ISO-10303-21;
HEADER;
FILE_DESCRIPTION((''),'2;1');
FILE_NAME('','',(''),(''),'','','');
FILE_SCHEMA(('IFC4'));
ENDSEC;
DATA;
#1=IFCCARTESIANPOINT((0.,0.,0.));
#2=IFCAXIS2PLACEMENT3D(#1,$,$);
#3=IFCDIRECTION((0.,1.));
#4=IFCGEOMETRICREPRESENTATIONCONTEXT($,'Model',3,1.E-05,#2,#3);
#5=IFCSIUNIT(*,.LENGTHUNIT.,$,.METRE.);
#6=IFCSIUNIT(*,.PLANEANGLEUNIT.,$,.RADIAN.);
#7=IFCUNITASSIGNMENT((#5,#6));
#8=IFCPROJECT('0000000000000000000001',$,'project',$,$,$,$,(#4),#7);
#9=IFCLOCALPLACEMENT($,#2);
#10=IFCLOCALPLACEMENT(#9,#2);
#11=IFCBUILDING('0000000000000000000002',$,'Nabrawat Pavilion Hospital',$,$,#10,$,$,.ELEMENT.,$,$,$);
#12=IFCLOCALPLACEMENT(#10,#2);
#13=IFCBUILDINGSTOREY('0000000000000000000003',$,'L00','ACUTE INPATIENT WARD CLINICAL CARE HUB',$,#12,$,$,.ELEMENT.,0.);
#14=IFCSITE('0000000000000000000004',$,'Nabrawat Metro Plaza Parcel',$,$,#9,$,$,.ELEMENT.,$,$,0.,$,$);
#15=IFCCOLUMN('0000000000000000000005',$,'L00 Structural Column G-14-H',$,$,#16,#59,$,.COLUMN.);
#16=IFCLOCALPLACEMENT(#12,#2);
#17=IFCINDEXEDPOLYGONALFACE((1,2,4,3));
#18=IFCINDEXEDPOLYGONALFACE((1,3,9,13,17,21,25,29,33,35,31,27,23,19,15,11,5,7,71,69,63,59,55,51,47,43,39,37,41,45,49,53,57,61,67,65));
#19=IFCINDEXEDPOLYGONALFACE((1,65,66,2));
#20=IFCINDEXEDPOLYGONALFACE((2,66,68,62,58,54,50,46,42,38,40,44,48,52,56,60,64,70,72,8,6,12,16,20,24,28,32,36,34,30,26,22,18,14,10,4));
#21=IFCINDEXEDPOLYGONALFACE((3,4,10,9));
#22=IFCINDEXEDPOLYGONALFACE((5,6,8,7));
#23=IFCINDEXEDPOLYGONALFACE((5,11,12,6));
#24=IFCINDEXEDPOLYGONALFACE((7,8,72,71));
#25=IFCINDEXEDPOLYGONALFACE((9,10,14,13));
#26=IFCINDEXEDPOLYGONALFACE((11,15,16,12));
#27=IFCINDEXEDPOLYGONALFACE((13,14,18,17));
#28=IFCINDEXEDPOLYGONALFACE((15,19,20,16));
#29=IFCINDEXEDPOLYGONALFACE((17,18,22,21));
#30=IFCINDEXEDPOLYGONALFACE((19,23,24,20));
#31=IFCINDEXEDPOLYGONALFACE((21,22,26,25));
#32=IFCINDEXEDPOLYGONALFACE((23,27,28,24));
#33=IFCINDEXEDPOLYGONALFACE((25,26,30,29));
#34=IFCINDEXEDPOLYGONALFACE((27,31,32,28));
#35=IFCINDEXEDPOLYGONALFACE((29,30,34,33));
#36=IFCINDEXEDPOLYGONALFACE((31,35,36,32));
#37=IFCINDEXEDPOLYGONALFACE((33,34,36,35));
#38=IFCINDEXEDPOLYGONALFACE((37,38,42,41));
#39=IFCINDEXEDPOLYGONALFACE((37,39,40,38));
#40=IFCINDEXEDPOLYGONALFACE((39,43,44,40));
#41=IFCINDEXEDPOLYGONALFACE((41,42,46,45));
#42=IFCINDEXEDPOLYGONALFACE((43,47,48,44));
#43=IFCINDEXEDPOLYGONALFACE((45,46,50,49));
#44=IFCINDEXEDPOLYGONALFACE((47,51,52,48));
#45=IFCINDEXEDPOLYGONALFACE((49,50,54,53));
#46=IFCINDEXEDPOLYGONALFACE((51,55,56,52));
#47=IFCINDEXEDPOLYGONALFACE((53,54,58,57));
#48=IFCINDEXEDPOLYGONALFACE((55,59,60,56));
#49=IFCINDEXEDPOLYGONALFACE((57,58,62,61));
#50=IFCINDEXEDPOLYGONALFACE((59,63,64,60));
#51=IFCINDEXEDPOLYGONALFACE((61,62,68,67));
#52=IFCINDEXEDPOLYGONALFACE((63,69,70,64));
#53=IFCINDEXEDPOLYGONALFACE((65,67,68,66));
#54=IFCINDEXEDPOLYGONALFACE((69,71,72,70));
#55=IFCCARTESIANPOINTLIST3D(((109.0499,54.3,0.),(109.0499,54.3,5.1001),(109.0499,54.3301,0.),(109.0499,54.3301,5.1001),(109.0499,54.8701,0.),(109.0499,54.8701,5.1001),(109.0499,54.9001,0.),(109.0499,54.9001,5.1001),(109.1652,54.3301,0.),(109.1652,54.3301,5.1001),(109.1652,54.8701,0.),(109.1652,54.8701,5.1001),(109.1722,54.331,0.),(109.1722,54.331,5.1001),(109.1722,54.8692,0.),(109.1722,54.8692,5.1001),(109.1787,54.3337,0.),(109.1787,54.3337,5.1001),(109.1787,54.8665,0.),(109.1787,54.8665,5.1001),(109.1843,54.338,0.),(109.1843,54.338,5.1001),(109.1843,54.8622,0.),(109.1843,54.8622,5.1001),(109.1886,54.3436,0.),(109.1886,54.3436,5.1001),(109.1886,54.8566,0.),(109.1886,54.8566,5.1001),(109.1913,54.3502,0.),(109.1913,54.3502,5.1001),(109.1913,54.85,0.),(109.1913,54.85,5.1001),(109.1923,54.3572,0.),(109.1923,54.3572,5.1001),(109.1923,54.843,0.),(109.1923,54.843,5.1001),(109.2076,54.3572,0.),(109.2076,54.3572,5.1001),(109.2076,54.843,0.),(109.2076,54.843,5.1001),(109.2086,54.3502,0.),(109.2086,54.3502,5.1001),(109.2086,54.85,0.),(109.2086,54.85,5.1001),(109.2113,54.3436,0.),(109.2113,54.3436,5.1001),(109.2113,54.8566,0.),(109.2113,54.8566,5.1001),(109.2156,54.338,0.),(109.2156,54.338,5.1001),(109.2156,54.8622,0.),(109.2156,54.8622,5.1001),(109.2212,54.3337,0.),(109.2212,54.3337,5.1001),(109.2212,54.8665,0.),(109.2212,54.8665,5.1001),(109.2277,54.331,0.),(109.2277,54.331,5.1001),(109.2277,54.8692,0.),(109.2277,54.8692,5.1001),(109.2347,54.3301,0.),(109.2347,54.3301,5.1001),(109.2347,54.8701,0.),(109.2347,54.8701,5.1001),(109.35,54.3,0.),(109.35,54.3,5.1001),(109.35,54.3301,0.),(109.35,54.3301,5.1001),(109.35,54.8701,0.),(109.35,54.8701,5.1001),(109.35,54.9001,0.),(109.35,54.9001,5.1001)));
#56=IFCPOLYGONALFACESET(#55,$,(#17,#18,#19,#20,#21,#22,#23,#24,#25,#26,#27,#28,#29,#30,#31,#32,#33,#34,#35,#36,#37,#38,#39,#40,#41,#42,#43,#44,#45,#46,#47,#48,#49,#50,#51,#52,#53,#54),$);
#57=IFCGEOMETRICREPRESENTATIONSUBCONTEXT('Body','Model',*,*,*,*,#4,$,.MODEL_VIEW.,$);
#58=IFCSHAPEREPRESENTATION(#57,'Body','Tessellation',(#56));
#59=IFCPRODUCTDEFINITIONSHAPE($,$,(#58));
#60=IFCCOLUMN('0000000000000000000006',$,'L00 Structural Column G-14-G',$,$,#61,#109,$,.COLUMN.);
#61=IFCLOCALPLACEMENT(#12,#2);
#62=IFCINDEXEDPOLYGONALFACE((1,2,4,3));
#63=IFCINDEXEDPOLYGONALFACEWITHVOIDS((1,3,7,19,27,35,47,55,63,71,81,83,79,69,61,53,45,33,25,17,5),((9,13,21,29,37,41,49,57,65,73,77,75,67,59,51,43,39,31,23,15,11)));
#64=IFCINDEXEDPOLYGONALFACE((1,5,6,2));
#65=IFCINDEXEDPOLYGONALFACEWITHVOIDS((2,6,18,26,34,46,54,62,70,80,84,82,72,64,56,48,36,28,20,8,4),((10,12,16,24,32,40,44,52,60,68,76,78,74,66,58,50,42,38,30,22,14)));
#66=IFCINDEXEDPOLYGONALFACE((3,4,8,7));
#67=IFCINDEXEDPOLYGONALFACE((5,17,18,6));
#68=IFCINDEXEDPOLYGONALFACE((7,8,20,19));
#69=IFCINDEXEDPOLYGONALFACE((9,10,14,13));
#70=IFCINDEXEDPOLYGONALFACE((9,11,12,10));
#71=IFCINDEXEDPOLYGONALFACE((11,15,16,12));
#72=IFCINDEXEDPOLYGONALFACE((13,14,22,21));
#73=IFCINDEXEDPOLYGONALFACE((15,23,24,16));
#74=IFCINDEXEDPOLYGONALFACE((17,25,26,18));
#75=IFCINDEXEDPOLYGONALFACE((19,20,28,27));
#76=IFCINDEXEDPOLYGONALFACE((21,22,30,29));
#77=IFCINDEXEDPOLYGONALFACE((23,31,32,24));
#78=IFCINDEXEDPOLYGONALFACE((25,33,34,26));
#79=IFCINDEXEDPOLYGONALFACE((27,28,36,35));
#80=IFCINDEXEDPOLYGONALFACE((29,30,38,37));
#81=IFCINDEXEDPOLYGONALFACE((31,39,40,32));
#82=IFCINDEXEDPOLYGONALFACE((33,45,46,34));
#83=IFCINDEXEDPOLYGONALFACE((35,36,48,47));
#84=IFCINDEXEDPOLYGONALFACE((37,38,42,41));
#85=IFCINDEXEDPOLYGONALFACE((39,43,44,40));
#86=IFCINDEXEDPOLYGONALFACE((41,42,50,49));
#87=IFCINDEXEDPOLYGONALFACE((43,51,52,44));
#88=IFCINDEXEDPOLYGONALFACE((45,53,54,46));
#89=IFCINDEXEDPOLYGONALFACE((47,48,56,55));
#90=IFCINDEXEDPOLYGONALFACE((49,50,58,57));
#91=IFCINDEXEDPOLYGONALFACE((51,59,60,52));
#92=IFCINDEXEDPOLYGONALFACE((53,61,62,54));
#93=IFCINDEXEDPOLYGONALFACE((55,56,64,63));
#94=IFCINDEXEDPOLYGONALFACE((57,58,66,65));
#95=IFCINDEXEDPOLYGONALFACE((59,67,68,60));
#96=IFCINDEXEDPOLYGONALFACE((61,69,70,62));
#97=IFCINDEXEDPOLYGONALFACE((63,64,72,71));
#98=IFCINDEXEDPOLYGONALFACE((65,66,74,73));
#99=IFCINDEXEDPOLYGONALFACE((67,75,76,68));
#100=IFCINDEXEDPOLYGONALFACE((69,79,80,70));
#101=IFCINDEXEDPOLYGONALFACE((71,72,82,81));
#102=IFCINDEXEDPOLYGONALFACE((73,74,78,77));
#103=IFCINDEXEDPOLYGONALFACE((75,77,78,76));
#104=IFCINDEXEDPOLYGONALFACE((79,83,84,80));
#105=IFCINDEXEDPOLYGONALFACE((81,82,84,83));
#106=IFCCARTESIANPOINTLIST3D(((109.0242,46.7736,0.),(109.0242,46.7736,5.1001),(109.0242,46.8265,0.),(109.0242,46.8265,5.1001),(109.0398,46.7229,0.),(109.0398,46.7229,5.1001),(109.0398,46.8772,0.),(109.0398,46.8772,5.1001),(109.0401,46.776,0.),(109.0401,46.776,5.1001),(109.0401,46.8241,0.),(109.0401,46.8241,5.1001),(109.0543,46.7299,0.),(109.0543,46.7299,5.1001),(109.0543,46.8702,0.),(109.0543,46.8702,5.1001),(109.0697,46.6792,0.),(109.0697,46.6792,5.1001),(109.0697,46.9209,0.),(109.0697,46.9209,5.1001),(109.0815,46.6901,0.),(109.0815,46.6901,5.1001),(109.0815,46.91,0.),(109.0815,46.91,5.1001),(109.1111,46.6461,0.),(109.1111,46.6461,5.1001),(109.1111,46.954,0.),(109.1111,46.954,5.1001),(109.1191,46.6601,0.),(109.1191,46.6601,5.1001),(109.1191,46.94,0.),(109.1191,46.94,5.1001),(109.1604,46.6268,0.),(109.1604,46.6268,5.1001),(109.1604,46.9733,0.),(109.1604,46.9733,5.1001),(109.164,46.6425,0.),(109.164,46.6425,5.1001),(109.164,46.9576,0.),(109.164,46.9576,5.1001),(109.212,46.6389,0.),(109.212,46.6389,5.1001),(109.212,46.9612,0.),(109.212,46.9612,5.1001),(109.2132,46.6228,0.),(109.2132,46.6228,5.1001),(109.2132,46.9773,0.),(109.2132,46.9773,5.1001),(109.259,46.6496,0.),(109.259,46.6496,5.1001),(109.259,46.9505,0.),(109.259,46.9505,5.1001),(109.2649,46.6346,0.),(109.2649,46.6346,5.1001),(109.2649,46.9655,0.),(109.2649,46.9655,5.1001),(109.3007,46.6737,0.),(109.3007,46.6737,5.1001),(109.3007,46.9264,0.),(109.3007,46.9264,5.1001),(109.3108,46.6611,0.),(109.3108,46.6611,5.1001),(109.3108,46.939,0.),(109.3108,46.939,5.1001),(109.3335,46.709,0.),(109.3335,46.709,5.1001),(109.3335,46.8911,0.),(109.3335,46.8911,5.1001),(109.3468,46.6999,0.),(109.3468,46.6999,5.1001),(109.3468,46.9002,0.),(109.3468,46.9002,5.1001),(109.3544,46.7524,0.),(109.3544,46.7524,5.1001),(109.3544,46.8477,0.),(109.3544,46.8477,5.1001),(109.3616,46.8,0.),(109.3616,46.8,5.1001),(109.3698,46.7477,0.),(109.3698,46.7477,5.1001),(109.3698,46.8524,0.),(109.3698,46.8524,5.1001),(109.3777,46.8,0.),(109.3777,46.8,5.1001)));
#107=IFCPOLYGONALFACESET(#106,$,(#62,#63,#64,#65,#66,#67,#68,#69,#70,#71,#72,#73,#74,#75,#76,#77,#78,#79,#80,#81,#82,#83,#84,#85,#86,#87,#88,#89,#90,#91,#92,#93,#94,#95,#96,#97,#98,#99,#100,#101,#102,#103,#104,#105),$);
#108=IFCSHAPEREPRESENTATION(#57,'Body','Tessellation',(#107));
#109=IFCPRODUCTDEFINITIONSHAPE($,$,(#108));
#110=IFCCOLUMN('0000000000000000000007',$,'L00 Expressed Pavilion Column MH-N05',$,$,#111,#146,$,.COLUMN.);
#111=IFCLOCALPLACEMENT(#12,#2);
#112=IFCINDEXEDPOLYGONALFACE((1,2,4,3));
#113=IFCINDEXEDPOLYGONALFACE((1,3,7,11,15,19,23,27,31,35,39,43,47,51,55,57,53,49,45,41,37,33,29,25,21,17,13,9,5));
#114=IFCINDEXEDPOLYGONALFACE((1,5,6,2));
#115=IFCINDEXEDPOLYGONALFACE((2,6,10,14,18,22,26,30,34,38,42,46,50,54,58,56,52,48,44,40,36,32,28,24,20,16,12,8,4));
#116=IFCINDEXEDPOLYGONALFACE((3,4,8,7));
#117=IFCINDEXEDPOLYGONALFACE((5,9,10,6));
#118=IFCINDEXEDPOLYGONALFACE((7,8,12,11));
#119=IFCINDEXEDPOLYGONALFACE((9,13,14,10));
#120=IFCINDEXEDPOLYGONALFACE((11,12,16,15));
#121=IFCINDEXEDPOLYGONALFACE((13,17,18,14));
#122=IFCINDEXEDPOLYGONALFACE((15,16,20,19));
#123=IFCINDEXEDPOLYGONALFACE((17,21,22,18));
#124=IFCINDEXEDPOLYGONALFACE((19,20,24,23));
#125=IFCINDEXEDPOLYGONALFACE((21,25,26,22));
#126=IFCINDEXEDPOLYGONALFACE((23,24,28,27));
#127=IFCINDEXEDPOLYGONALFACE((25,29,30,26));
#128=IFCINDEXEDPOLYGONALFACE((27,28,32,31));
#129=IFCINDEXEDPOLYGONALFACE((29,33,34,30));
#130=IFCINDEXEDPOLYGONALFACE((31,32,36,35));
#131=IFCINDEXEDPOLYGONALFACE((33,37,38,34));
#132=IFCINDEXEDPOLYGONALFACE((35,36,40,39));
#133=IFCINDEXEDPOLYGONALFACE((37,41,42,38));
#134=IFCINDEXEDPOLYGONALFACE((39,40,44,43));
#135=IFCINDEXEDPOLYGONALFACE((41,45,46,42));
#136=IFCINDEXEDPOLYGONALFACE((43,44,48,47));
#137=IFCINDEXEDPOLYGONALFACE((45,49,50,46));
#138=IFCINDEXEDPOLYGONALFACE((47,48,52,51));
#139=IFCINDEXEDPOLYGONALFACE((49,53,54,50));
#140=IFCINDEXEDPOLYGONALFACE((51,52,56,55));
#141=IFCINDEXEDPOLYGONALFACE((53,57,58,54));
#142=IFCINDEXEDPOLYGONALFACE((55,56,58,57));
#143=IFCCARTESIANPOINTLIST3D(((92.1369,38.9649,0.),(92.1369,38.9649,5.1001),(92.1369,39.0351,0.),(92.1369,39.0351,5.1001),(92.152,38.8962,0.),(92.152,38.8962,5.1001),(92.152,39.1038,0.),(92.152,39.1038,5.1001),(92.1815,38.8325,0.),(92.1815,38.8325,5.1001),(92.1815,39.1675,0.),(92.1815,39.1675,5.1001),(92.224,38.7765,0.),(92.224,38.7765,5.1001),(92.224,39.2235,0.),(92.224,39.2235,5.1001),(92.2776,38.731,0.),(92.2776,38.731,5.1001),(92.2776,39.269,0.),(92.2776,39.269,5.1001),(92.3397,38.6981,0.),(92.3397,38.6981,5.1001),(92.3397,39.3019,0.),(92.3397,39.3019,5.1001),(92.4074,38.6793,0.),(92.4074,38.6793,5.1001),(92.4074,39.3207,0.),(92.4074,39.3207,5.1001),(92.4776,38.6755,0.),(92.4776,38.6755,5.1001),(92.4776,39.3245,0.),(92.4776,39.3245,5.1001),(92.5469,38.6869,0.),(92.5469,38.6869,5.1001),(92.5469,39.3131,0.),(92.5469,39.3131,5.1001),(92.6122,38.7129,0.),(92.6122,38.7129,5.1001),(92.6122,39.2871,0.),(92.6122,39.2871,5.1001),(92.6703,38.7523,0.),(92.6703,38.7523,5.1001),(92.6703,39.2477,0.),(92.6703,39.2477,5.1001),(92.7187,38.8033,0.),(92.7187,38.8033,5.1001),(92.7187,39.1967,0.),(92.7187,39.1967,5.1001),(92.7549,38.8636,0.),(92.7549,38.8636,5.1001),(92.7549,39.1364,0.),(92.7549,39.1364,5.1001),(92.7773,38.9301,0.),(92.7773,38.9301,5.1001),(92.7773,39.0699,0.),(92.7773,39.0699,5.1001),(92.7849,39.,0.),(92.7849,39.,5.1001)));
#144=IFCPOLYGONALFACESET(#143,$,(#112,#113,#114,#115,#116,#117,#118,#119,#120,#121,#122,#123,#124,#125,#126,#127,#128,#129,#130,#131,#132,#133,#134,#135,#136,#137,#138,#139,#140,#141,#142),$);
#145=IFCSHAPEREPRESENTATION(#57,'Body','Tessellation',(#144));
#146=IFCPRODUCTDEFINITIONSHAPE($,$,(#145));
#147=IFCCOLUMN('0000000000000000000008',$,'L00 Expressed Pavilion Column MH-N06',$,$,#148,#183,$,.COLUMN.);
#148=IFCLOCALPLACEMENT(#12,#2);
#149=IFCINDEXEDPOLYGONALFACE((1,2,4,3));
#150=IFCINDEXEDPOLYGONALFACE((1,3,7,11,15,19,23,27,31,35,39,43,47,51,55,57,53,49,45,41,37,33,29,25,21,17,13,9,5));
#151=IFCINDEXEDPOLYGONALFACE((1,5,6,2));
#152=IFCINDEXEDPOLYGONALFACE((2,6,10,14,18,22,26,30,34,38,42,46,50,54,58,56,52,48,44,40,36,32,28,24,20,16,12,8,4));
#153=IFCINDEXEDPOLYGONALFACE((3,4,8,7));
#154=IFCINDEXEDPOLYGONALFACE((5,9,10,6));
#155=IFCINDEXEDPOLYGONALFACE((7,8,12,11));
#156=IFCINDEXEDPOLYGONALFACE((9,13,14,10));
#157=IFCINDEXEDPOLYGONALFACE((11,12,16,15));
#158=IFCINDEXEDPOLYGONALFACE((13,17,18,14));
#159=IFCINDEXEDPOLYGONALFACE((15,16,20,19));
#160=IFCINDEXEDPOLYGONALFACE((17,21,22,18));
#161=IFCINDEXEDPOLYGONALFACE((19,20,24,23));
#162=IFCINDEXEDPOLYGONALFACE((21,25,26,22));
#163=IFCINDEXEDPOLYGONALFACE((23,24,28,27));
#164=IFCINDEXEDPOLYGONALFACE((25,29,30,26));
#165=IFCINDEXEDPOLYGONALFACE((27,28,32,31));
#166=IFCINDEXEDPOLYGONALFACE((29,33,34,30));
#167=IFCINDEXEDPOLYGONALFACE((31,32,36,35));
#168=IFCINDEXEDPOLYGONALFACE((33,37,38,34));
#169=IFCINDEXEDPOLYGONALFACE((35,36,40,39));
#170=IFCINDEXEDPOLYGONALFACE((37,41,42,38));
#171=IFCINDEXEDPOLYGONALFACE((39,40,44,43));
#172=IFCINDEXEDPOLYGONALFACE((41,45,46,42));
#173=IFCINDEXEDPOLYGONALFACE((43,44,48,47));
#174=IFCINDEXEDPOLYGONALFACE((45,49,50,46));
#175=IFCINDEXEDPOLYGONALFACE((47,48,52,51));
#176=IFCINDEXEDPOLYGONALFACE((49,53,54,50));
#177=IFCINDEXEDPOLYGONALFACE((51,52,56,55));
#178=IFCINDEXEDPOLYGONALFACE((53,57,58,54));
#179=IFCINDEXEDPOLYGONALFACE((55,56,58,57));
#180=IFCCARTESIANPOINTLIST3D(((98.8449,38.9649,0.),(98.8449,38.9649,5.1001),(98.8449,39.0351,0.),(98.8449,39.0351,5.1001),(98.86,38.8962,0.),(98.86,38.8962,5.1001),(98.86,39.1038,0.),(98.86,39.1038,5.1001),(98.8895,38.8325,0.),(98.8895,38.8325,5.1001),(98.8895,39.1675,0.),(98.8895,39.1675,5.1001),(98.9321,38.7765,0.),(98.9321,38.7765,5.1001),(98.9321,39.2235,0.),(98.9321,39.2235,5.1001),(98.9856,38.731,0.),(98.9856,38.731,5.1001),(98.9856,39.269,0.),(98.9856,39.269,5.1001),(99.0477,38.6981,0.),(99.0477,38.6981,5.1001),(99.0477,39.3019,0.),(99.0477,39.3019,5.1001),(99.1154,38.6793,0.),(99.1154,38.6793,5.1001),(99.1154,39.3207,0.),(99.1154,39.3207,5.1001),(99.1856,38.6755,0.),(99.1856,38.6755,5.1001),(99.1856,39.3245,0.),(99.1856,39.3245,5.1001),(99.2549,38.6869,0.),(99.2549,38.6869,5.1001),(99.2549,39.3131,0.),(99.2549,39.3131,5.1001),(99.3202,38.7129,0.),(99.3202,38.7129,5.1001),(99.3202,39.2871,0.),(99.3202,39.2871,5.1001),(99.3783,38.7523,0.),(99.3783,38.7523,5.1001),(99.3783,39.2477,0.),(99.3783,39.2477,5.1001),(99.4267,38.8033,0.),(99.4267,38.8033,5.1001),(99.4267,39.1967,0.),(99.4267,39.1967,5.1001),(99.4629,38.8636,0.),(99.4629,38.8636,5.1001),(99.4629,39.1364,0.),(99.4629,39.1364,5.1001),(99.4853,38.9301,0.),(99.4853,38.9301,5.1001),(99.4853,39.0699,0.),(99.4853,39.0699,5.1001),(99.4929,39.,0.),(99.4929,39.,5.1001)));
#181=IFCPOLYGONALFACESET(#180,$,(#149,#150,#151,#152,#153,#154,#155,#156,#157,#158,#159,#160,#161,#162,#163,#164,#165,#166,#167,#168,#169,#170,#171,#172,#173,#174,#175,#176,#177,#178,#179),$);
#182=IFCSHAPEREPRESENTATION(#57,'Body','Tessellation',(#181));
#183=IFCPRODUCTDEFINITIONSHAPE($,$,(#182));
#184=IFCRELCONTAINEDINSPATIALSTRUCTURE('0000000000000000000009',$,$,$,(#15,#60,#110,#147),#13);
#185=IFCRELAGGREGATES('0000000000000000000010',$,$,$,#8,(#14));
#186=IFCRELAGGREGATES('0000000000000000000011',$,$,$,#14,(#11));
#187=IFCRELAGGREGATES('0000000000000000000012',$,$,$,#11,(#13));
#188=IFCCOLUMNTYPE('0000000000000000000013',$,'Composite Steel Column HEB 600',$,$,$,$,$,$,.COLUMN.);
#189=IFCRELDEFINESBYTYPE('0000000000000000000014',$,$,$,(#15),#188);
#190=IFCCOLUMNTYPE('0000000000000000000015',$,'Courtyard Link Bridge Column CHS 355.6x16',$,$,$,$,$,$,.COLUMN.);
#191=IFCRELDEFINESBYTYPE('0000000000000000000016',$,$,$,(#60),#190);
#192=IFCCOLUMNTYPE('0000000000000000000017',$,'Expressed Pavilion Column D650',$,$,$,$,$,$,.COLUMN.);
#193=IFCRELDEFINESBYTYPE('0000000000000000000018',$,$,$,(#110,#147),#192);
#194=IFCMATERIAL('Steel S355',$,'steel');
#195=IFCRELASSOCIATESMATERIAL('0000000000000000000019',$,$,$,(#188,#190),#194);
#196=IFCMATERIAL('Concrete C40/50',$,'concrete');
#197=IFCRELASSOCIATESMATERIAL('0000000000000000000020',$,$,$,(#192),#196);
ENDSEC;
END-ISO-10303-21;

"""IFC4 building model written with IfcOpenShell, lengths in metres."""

from ifc_helpers import new_model, si_unit, direction, frame, origin, origin_2d, place, context, subcontext, project, spatial, circle, hollow_circle, i_section, extrude, material, material_profile, profile_set, type_object, element, save


model = new_model("IFC4")

# Units and contexts
model_context = context("Model", 3, precision=1e-05, world=origin(), true_north=direction((0.0, 1.0)))
body_context = subcontext(model_context, "Body", "Model", "MODEL_VIEW")
ifc_project = project(units=[si_unit("LENGTHUNIT", "METRE"), si_unit("PLANEANGLEUNIT", "RADIAN")], contexts=[model_context])

# Site, building, storey
site_placement = place(None, origin())
site = spatial("IfcSite", under=ifc_project, at=site_placement, Name="Nabrawat Metro Plaza Parcel", CompositionType="ELEMENT", RefElevation=0.0)
building_placement = place(site_placement, origin())
building = spatial("IfcBuilding", under=site, at=building_placement, Name="Nabrawat Pavilion Hospital", CompositionType="ELEMENT")
storey_placement = place(building_placement, origin())
storey = spatial("IfcBuildingStorey", under=building, at=storey_placement, Name="L00", Description="ACUTE INPATIENT WARD CLINICAL CARE HUB", CompositionType="ELEMENT", Elevation=0.0)

# Columns
ifc_material_1 = material(Name="Steel S355", Category="steel")
ifc_material_profile_1 = material_profile(ifc_material_1, i_section(OverallWidth=0.3, OverallDepth=0.6001, WebThickness=0.0154, FlangeThickness=0.03, FilletRadius=0.0271, at=origin_2d()), Name="HEB 600")
ifc_profile_set_1 = profile_set([ifc_material_profile_1], Name="Steel S355")
column_type_1 = type_object("IfcColumnType", Name="Composite Steel Column HEB 600", PredefinedType="COLUMN", material=ifc_profile_set_1)
column_1_placement = place(storey_placement, frame((109.2, 54.6001, 0.0), z_axis=(0.0, 0.0, 1.0), x_axis=(1.0, 0.0, 0.0)))
element("IfcColumn", 1, at=column_1_placement, inside=storey, type_object=column_type_1, Name="L00 Structural Column G-14-H", PredefinedType="COLUMN", context=body_context, shape_type="SweptSolid", body=[
    extrude(i_section(OverallWidth=0.3, OverallDepth=0.6001, WebThickness=0.0154, FlangeThickness=0.03, FilletRadius=0.0271, at=origin_2d()), origin(), (0.0, 0.0, 1.0), 5.1001),
])
ifc_material_profile_2 = material_profile(ifc_material_1, hollow_circle(Radius=0.1777, WallThickness=0.0161, at=origin_2d()), Name="CHS 355.6x16")
ifc_profile_set_2 = profile_set([ifc_material_profile_2], Name="Steel S355")
column_type_2 = type_object("IfcColumnType", Name="Courtyard Link Bridge Column CHS 355.6x16", PredefinedType="COLUMN", material=ifc_profile_set_2)
column_2_placement = place(storey_placement, frame((109.2, 46.8, 0.0), z_axis=(0.0, 0.0, 1.0), x_axis=(1.0, 0.0, 0.0)))
element("IfcColumn", 2, at=column_2_placement, inside=storey, type_object=column_type_2, Name="L00 Structural Column G-14-G", PredefinedType="COLUMN", context=body_context, shape_type="SweptSolid", body=[
    extrude(hollow_circle(Radius=0.1777, WallThickness=0.0161, at=origin_2d()), origin(), (0.0, 0.0, 1.0), 5.1001),
])
ifc_material_2 = material(Name="Concrete C40/50", Category="concrete")
ifc_material_profile_3 = material_profile(ifc_material_2, circle(Radius=0.325, at=origin_2d()), Name="RC D650")
ifc_profile_set_3 = profile_set([ifc_material_profile_3], Name="Concrete C40/50")
column_type_3 = type_object("IfcColumnType", Name="Expressed Pavilion Column D650", PredefinedType="COLUMN", material=ifc_profile_set_3)
for number, where, z_axis, x_axis, name in (
    (3, (92.46, 39.0, 0.0), (0.0, 0.0, 1.0), (1.0, 0.0, 0.0), "L00 Expressed Pavilion Column MH-N05"),
    (4, (99.168, 39.0, 0.0), (0.0, 0.0, 1.0), (1.0, 0.0, 0.0), "L00 Expressed Pavilion Column MH-N06"),
):
    element("IfcColumn", number, at=place(storey_placement, frame(where, z_axis=z_axis, x_axis=x_axis)), inside=storey, type_object=column_type_3, Name=name, PredefinedType="COLUMN", context=body_context, shape_type="SweptSolid", body=[
        extrude(circle(Radius=0.325, at=origin_2d()), origin(), (0.0, 0.0, 1.0), 5.1001),
    ])

save(model, "model.ifc")
